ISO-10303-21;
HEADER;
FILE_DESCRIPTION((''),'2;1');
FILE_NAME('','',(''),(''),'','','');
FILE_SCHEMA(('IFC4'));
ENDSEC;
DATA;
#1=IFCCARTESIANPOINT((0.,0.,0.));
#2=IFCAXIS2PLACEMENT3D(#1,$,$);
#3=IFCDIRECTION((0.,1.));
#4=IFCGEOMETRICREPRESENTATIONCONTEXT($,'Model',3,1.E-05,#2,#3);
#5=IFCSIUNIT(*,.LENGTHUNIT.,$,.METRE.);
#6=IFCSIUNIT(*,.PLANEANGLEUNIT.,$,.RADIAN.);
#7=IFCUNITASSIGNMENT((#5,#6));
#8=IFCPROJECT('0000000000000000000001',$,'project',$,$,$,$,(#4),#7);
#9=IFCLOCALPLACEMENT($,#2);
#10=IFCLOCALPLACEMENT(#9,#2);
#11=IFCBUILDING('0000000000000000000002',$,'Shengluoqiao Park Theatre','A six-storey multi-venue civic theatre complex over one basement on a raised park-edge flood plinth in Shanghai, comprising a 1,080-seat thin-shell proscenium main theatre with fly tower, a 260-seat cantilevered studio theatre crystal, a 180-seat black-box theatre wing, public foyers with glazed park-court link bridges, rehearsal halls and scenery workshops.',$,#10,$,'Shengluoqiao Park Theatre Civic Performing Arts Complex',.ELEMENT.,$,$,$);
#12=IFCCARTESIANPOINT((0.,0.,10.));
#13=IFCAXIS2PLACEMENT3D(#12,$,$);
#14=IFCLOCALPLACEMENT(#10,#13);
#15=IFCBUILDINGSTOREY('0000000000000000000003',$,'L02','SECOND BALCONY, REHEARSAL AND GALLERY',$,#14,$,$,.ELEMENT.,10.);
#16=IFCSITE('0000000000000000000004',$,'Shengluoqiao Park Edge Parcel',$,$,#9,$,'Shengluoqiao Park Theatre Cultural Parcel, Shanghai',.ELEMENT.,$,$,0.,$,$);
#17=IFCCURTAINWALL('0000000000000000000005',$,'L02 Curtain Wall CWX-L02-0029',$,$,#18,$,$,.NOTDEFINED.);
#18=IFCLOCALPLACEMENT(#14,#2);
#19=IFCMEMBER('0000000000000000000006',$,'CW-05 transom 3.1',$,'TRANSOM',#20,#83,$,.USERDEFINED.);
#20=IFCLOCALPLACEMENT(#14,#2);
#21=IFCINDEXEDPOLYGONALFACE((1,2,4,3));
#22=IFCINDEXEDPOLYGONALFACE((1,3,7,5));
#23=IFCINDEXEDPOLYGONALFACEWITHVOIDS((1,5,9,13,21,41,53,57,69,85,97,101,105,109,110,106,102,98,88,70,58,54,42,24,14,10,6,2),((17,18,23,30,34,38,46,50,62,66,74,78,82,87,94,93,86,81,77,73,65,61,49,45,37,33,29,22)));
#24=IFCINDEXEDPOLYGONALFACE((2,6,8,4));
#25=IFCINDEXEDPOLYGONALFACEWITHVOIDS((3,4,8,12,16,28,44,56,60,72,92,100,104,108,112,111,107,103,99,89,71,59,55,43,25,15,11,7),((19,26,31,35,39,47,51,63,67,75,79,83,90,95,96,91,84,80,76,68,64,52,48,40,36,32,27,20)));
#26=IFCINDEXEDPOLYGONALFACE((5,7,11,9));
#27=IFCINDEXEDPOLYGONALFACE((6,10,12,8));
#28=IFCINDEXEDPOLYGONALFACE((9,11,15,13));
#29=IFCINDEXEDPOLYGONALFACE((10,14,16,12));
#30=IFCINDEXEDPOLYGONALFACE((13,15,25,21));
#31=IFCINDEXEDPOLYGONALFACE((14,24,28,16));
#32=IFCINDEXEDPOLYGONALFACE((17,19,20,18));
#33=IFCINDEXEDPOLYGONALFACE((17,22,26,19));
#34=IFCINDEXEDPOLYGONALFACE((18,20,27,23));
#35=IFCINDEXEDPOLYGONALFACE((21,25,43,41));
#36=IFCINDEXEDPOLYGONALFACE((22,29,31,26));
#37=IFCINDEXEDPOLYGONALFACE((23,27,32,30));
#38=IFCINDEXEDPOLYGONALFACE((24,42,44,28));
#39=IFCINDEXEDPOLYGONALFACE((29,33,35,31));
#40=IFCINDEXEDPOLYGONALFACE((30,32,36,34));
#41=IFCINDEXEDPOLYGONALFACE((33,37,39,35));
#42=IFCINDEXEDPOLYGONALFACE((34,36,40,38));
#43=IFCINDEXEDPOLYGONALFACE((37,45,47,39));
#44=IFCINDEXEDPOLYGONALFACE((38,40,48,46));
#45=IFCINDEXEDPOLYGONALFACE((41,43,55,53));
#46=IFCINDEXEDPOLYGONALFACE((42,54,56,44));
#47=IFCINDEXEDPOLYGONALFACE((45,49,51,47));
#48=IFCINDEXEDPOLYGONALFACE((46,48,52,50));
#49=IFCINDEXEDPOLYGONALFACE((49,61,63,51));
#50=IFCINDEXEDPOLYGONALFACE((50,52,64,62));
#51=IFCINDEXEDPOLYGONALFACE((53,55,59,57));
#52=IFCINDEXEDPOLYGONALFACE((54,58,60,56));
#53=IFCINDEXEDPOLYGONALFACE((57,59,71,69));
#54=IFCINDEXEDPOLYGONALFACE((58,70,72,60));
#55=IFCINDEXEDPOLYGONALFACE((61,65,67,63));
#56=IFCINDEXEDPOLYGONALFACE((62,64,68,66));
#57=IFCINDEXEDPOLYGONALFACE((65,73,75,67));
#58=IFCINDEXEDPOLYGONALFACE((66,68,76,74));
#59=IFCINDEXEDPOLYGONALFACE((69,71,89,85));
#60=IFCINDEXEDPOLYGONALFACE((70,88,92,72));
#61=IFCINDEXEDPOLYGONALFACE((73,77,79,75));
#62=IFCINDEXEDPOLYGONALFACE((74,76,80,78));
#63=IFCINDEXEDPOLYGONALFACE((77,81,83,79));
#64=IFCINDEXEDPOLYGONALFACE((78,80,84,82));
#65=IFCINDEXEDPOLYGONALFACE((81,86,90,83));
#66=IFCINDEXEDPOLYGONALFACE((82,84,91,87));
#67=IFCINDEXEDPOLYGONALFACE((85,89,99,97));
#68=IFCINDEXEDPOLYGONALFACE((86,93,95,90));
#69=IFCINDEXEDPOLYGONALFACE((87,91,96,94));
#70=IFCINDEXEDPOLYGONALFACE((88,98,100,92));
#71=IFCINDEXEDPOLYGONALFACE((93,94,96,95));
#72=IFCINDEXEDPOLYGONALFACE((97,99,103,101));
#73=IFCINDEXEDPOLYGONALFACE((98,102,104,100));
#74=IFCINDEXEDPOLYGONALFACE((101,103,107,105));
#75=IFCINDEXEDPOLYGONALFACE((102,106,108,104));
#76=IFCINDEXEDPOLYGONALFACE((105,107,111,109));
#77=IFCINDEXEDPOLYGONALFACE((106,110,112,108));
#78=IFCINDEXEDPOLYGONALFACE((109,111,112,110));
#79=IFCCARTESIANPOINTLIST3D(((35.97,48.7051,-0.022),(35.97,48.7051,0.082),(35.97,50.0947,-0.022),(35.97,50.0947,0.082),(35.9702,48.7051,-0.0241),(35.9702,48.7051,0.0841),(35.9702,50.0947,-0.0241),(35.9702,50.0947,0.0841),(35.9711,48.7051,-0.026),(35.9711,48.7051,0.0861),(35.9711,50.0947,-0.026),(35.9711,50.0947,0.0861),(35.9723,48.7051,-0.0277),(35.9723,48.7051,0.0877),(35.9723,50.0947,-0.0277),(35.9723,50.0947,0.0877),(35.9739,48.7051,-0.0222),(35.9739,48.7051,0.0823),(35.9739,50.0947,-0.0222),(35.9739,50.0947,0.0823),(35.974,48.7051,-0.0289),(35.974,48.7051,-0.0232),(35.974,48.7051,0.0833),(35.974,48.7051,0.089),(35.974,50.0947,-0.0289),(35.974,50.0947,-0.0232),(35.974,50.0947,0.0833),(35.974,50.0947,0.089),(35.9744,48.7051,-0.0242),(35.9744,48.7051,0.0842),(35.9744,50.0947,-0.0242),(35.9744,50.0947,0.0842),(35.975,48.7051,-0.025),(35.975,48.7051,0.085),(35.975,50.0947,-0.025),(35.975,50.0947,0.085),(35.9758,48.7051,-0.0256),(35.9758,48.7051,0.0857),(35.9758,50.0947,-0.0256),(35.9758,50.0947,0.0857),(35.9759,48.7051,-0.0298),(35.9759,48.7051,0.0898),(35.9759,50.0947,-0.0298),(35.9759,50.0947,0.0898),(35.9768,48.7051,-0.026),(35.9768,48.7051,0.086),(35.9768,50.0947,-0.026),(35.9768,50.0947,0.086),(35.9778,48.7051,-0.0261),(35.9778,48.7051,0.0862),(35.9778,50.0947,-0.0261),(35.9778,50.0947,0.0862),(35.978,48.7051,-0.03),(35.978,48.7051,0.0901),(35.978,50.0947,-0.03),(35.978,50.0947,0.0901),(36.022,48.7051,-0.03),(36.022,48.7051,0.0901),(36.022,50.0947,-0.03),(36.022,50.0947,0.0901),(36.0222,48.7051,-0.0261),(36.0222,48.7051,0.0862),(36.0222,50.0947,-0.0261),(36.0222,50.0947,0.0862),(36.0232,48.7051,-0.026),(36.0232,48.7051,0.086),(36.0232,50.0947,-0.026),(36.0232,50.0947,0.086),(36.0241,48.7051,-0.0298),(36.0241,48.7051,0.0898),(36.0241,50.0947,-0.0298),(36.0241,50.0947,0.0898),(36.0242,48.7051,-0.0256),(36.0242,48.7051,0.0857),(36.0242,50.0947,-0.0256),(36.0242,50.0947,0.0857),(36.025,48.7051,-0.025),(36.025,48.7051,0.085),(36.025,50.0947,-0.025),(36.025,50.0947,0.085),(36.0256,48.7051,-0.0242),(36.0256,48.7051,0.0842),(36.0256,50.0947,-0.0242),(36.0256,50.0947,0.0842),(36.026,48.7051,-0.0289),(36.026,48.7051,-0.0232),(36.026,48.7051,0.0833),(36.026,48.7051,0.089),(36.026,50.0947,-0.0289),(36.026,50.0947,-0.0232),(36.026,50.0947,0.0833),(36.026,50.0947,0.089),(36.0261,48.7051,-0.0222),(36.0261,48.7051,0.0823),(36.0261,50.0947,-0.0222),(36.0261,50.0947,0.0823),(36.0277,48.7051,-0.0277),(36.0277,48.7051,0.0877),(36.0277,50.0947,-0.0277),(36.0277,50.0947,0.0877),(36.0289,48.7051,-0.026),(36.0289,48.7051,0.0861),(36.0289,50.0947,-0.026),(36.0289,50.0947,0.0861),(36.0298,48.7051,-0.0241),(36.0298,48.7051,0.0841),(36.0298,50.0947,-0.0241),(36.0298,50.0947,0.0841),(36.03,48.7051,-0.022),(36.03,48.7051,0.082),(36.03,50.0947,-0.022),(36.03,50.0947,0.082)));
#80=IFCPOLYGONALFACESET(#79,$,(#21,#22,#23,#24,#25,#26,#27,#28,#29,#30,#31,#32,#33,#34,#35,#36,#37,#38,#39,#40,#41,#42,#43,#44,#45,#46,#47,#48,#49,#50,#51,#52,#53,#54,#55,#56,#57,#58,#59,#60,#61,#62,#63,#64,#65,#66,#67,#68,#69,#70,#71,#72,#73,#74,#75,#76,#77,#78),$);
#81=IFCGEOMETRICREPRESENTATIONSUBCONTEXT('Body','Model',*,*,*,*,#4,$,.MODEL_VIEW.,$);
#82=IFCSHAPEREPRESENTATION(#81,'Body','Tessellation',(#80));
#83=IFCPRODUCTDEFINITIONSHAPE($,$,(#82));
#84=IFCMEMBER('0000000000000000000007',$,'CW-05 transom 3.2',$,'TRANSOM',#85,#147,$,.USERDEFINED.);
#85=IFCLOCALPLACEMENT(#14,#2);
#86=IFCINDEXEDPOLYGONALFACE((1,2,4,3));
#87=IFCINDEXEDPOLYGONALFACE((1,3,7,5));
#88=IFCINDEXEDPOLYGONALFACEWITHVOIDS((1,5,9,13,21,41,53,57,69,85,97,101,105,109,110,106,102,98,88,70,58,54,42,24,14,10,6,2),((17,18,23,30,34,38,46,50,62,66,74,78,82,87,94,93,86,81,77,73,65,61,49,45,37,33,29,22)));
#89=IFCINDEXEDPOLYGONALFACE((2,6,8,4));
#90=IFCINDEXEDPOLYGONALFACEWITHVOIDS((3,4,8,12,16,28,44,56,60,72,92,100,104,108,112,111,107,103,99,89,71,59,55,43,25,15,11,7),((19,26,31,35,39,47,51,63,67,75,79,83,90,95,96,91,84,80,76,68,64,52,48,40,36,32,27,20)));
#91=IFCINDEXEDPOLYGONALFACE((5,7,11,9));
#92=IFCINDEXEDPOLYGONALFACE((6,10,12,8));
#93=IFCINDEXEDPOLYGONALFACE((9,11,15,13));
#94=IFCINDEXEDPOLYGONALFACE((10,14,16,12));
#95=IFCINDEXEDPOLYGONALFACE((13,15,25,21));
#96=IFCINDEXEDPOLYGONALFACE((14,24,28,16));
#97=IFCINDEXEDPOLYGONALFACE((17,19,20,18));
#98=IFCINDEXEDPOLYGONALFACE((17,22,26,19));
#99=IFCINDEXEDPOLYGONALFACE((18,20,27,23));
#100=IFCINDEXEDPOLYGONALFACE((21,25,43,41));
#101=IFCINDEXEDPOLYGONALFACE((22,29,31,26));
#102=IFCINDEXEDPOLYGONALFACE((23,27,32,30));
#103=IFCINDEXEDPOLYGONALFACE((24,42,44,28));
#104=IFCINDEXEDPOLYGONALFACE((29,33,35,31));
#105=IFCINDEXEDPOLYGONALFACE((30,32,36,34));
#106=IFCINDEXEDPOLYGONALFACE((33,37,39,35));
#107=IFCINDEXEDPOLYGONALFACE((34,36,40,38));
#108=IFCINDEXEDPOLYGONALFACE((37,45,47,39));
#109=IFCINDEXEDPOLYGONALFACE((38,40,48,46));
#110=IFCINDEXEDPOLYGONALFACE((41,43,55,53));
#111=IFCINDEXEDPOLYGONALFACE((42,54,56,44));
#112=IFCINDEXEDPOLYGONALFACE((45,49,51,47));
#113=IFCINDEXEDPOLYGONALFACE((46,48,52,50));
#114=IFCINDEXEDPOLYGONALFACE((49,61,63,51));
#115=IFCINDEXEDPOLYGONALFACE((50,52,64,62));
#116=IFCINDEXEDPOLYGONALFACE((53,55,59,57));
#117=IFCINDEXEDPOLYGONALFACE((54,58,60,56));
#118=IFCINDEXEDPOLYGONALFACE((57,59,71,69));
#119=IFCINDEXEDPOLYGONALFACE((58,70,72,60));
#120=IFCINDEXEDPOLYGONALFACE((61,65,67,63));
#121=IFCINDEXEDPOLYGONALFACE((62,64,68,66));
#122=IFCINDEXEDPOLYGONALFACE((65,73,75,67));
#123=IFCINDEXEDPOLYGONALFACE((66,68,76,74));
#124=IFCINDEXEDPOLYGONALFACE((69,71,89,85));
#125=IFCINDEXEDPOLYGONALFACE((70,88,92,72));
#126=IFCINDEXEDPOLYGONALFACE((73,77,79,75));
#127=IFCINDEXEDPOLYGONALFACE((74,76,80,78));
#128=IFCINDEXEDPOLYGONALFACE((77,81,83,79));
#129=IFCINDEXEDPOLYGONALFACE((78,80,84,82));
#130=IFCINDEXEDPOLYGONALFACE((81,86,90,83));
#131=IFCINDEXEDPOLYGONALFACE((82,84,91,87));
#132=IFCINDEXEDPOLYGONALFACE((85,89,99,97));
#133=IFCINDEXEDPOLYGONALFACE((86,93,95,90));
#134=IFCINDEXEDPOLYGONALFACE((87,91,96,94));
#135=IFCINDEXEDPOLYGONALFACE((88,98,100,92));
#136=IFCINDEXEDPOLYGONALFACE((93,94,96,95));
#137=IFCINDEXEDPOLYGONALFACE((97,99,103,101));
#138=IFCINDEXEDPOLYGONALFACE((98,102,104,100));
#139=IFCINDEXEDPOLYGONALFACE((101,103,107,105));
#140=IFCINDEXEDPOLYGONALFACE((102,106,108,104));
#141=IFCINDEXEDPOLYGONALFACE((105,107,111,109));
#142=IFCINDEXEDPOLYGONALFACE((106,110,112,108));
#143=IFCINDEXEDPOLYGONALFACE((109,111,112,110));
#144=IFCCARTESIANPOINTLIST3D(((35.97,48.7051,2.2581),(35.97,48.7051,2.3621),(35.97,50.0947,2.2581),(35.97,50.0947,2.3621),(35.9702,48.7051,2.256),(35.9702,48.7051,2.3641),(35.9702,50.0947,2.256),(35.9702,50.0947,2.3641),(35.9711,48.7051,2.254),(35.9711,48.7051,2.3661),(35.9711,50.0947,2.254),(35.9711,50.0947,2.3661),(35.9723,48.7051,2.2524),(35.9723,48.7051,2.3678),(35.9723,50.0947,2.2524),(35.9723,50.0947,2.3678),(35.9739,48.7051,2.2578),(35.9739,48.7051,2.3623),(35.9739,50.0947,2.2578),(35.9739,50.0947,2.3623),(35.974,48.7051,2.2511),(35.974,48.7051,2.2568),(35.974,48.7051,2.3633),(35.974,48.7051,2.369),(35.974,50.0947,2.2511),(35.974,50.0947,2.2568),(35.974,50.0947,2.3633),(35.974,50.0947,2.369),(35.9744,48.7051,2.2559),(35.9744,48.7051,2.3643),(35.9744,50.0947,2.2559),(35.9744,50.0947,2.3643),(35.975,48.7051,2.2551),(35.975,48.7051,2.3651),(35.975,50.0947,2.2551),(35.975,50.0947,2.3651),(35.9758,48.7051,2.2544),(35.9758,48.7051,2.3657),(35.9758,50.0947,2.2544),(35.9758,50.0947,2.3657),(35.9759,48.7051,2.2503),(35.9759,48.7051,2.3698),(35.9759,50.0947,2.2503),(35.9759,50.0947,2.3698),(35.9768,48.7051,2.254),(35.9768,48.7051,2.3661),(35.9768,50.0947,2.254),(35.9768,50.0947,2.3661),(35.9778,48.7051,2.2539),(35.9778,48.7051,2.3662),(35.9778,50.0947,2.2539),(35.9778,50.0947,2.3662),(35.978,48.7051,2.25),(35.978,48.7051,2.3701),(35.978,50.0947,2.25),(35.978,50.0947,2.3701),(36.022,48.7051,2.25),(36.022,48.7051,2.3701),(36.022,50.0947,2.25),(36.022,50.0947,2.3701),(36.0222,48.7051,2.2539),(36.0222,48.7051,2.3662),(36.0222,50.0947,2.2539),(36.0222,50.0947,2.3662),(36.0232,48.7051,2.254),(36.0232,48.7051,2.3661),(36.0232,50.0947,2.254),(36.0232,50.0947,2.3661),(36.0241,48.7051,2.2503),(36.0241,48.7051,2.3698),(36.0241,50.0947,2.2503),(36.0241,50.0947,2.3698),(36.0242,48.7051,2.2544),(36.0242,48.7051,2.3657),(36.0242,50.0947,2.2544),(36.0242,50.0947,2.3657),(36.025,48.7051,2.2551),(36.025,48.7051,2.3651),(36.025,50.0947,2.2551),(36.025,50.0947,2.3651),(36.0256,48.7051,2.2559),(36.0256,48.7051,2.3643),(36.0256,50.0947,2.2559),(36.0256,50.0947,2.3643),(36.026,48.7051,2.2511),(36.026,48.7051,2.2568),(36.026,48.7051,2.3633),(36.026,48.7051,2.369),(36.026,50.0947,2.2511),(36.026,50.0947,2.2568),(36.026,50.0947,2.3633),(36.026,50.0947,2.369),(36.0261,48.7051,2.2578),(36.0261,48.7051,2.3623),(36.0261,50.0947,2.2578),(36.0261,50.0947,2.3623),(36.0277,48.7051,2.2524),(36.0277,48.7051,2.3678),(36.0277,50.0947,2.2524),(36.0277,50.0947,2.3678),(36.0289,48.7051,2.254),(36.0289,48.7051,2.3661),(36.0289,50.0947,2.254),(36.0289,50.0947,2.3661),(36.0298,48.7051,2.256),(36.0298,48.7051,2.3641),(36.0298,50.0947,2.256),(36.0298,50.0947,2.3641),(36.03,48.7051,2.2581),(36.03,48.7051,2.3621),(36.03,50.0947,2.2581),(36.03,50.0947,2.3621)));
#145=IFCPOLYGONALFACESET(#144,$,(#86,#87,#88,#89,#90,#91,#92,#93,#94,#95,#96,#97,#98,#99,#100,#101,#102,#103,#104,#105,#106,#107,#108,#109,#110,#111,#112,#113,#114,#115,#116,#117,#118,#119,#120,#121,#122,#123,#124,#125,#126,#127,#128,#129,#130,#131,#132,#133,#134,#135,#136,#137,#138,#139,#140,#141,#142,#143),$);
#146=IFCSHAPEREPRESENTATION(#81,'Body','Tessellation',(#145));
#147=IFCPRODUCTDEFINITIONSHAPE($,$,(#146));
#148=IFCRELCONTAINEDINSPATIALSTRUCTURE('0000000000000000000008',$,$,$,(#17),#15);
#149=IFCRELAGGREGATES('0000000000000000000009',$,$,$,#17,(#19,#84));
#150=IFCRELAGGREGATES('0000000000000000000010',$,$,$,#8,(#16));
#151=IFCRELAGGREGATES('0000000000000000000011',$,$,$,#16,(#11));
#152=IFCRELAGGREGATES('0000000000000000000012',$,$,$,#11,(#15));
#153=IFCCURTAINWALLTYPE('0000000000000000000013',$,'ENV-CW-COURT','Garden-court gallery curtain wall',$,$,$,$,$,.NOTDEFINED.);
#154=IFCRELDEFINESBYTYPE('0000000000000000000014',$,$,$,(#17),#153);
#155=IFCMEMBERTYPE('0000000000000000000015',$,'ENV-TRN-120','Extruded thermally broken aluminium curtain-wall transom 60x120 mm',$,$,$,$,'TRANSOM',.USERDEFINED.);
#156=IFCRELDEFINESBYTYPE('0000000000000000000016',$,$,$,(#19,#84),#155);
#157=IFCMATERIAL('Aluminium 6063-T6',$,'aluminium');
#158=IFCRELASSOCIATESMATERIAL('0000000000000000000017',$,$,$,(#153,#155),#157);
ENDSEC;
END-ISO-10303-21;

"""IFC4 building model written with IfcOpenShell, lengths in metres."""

from ifc_helpers import new_model, si_unit, direction, frame, origin, origin_2d, place, context, subcontext, project, spatial, hollow_rectangle, extrude, material, material_profile, profile_set, type_object, element, aggregate, save


model = new_model("IFC4")

# Units and contexts
model_context = context("Model", 3, precision=1e-05, world=origin(), true_north=direction((0.0, 1.0)))
body_context = subcontext(model_context, "Body", "Model", "MODEL_VIEW")
ifc_project = project(units=[si_unit("LENGTHUNIT", "METRE"), si_unit("PLANEANGLEUNIT", "RADIAN")], contexts=[model_context])

# Site, building, storey
site_placement = place(None, origin())
site = spatial("IfcSite", under=ifc_project, at=site_placement, Name="Shengluoqiao Park Edge Parcel", LongName="Shengluoqiao Park Theatre Cultural Parcel, Shanghai", CompositionType="ELEMENT", RefElevation=0.0)
building_placement = place(site_placement, origin())
building = spatial("IfcBuilding", under=site, at=building_placement, Name="Shengluoqiao Park Theatre", Description="A six-storey multi-venue civic theatre complex over one basement on a raised park-edge flood plinth in Shanghai, comprising a 1,080-seat thin-shell proscenium main theatre with fly tower, a 260-seat cantilevered studio theatre crystal, a 180-seat black-box theatre wing, public foyers with glazed park-court link bridges, rehearsal halls and scenery workshops.", LongName="Shengluoqiao Park Theatre Civic Performing Arts Complex", CompositionType="ELEMENT")
storey_placement = place(building_placement, frame((0.0, 0.0, 10.0)))
storey = spatial("IfcBuildingStorey", under=building, at=storey_placement, Name="L02", Description="SECOND BALCONY, REHEARSAL AND GALLERY", CompositionType="ELEMENT", Elevation=10.0)

# Curtain wall, members
ifc_material_1 = material(Name="Aluminium 6063-T6", Category="aluminium")
curtain_wall_type = type_object("IfcCurtainWallType", Name="ENV-CW-COURT", Description="Garden-court gallery curtain wall", PredefinedType="NOTDEFINED", material=ifc_material_1)
curtain_wall_placement = place(storey_placement, origin())
curtain_wall = element("IfcCurtainWall", 1, at=curtain_wall_placement, inside=storey, type_object=curtain_wall_type, Name="L02 Curtain Wall CWX-L02-0029", PredefinedType="NOTDEFINED")
ifc_material_profile_1 = material_profile(ifc_material_1, hollow_rectangle(XDim=0.0601, YDim=0.1201, WallThickness=0.0039, InnerFilletRadius=0.0039, OuterFilletRadius=0.0081, at=origin_2d()), Name="ALU TRANSOM 120x60x4")
ifc_profile_set_1 = profile_set([ifc_material_profile_1], Name="Aluminium 6063-T6")
member_type_1 = type_object("IfcMemberType", Name="ENV-TRN-120", Description="Extruded thermally broken aluminium curtain-wall transom 60x120 mm", ElementType="TRANSOM", PredefinedType="USERDEFINED", material=ifc_profile_set_1)
member_1_placement = place(storey_placement, frame((36.0, 48.7051, 0.03), z_axis=(0.0, 1.0, 0.0), x_axis=(-1.0, 0.0, 0.0)))
member_1 = element("IfcMember", 2, at=member_1_placement, type_object=member_type_1, Name="CW-05 transom 3.1", ObjectType="TRANSOM", PredefinedType="USERDEFINED", context=body_context, shape_type="SweptSolid", body=[
    extrude(hollow_rectangle(XDim=0.0601, YDim=0.1201, WallThickness=0.0039, InnerFilletRadius=0.0039, OuterFilletRadius=0.0081, at=origin_2d()), origin(), (0.0, 0.0, 1.0), 1.3896),
])
member_2_placement = place(storey_placement, frame((36.0, 48.7051, 2.3101), z_axis=(0.0, 1.0, 0.0), x_axis=(-1.0, 0.0, 0.0)))
member_2 = element("IfcMember", 3, at=member_2_placement, type_object=member_type_1, Name="CW-05 transom 3.2", ObjectType="TRANSOM", PredefinedType="USERDEFINED", context=body_context, shape_type="SweptSolid", body=[
    extrude(hollow_rectangle(XDim=0.0601, YDim=0.1201, WallThickness=0.0039, InnerFilletRadius=0.0039, OuterFilletRadius=0.0081, at=origin_2d()), origin(), (0.0, 0.0, 1.0), 1.3896),
])
aggregate(curtain_wall, [member_1, member_2])

save(model, "model.ifc")
